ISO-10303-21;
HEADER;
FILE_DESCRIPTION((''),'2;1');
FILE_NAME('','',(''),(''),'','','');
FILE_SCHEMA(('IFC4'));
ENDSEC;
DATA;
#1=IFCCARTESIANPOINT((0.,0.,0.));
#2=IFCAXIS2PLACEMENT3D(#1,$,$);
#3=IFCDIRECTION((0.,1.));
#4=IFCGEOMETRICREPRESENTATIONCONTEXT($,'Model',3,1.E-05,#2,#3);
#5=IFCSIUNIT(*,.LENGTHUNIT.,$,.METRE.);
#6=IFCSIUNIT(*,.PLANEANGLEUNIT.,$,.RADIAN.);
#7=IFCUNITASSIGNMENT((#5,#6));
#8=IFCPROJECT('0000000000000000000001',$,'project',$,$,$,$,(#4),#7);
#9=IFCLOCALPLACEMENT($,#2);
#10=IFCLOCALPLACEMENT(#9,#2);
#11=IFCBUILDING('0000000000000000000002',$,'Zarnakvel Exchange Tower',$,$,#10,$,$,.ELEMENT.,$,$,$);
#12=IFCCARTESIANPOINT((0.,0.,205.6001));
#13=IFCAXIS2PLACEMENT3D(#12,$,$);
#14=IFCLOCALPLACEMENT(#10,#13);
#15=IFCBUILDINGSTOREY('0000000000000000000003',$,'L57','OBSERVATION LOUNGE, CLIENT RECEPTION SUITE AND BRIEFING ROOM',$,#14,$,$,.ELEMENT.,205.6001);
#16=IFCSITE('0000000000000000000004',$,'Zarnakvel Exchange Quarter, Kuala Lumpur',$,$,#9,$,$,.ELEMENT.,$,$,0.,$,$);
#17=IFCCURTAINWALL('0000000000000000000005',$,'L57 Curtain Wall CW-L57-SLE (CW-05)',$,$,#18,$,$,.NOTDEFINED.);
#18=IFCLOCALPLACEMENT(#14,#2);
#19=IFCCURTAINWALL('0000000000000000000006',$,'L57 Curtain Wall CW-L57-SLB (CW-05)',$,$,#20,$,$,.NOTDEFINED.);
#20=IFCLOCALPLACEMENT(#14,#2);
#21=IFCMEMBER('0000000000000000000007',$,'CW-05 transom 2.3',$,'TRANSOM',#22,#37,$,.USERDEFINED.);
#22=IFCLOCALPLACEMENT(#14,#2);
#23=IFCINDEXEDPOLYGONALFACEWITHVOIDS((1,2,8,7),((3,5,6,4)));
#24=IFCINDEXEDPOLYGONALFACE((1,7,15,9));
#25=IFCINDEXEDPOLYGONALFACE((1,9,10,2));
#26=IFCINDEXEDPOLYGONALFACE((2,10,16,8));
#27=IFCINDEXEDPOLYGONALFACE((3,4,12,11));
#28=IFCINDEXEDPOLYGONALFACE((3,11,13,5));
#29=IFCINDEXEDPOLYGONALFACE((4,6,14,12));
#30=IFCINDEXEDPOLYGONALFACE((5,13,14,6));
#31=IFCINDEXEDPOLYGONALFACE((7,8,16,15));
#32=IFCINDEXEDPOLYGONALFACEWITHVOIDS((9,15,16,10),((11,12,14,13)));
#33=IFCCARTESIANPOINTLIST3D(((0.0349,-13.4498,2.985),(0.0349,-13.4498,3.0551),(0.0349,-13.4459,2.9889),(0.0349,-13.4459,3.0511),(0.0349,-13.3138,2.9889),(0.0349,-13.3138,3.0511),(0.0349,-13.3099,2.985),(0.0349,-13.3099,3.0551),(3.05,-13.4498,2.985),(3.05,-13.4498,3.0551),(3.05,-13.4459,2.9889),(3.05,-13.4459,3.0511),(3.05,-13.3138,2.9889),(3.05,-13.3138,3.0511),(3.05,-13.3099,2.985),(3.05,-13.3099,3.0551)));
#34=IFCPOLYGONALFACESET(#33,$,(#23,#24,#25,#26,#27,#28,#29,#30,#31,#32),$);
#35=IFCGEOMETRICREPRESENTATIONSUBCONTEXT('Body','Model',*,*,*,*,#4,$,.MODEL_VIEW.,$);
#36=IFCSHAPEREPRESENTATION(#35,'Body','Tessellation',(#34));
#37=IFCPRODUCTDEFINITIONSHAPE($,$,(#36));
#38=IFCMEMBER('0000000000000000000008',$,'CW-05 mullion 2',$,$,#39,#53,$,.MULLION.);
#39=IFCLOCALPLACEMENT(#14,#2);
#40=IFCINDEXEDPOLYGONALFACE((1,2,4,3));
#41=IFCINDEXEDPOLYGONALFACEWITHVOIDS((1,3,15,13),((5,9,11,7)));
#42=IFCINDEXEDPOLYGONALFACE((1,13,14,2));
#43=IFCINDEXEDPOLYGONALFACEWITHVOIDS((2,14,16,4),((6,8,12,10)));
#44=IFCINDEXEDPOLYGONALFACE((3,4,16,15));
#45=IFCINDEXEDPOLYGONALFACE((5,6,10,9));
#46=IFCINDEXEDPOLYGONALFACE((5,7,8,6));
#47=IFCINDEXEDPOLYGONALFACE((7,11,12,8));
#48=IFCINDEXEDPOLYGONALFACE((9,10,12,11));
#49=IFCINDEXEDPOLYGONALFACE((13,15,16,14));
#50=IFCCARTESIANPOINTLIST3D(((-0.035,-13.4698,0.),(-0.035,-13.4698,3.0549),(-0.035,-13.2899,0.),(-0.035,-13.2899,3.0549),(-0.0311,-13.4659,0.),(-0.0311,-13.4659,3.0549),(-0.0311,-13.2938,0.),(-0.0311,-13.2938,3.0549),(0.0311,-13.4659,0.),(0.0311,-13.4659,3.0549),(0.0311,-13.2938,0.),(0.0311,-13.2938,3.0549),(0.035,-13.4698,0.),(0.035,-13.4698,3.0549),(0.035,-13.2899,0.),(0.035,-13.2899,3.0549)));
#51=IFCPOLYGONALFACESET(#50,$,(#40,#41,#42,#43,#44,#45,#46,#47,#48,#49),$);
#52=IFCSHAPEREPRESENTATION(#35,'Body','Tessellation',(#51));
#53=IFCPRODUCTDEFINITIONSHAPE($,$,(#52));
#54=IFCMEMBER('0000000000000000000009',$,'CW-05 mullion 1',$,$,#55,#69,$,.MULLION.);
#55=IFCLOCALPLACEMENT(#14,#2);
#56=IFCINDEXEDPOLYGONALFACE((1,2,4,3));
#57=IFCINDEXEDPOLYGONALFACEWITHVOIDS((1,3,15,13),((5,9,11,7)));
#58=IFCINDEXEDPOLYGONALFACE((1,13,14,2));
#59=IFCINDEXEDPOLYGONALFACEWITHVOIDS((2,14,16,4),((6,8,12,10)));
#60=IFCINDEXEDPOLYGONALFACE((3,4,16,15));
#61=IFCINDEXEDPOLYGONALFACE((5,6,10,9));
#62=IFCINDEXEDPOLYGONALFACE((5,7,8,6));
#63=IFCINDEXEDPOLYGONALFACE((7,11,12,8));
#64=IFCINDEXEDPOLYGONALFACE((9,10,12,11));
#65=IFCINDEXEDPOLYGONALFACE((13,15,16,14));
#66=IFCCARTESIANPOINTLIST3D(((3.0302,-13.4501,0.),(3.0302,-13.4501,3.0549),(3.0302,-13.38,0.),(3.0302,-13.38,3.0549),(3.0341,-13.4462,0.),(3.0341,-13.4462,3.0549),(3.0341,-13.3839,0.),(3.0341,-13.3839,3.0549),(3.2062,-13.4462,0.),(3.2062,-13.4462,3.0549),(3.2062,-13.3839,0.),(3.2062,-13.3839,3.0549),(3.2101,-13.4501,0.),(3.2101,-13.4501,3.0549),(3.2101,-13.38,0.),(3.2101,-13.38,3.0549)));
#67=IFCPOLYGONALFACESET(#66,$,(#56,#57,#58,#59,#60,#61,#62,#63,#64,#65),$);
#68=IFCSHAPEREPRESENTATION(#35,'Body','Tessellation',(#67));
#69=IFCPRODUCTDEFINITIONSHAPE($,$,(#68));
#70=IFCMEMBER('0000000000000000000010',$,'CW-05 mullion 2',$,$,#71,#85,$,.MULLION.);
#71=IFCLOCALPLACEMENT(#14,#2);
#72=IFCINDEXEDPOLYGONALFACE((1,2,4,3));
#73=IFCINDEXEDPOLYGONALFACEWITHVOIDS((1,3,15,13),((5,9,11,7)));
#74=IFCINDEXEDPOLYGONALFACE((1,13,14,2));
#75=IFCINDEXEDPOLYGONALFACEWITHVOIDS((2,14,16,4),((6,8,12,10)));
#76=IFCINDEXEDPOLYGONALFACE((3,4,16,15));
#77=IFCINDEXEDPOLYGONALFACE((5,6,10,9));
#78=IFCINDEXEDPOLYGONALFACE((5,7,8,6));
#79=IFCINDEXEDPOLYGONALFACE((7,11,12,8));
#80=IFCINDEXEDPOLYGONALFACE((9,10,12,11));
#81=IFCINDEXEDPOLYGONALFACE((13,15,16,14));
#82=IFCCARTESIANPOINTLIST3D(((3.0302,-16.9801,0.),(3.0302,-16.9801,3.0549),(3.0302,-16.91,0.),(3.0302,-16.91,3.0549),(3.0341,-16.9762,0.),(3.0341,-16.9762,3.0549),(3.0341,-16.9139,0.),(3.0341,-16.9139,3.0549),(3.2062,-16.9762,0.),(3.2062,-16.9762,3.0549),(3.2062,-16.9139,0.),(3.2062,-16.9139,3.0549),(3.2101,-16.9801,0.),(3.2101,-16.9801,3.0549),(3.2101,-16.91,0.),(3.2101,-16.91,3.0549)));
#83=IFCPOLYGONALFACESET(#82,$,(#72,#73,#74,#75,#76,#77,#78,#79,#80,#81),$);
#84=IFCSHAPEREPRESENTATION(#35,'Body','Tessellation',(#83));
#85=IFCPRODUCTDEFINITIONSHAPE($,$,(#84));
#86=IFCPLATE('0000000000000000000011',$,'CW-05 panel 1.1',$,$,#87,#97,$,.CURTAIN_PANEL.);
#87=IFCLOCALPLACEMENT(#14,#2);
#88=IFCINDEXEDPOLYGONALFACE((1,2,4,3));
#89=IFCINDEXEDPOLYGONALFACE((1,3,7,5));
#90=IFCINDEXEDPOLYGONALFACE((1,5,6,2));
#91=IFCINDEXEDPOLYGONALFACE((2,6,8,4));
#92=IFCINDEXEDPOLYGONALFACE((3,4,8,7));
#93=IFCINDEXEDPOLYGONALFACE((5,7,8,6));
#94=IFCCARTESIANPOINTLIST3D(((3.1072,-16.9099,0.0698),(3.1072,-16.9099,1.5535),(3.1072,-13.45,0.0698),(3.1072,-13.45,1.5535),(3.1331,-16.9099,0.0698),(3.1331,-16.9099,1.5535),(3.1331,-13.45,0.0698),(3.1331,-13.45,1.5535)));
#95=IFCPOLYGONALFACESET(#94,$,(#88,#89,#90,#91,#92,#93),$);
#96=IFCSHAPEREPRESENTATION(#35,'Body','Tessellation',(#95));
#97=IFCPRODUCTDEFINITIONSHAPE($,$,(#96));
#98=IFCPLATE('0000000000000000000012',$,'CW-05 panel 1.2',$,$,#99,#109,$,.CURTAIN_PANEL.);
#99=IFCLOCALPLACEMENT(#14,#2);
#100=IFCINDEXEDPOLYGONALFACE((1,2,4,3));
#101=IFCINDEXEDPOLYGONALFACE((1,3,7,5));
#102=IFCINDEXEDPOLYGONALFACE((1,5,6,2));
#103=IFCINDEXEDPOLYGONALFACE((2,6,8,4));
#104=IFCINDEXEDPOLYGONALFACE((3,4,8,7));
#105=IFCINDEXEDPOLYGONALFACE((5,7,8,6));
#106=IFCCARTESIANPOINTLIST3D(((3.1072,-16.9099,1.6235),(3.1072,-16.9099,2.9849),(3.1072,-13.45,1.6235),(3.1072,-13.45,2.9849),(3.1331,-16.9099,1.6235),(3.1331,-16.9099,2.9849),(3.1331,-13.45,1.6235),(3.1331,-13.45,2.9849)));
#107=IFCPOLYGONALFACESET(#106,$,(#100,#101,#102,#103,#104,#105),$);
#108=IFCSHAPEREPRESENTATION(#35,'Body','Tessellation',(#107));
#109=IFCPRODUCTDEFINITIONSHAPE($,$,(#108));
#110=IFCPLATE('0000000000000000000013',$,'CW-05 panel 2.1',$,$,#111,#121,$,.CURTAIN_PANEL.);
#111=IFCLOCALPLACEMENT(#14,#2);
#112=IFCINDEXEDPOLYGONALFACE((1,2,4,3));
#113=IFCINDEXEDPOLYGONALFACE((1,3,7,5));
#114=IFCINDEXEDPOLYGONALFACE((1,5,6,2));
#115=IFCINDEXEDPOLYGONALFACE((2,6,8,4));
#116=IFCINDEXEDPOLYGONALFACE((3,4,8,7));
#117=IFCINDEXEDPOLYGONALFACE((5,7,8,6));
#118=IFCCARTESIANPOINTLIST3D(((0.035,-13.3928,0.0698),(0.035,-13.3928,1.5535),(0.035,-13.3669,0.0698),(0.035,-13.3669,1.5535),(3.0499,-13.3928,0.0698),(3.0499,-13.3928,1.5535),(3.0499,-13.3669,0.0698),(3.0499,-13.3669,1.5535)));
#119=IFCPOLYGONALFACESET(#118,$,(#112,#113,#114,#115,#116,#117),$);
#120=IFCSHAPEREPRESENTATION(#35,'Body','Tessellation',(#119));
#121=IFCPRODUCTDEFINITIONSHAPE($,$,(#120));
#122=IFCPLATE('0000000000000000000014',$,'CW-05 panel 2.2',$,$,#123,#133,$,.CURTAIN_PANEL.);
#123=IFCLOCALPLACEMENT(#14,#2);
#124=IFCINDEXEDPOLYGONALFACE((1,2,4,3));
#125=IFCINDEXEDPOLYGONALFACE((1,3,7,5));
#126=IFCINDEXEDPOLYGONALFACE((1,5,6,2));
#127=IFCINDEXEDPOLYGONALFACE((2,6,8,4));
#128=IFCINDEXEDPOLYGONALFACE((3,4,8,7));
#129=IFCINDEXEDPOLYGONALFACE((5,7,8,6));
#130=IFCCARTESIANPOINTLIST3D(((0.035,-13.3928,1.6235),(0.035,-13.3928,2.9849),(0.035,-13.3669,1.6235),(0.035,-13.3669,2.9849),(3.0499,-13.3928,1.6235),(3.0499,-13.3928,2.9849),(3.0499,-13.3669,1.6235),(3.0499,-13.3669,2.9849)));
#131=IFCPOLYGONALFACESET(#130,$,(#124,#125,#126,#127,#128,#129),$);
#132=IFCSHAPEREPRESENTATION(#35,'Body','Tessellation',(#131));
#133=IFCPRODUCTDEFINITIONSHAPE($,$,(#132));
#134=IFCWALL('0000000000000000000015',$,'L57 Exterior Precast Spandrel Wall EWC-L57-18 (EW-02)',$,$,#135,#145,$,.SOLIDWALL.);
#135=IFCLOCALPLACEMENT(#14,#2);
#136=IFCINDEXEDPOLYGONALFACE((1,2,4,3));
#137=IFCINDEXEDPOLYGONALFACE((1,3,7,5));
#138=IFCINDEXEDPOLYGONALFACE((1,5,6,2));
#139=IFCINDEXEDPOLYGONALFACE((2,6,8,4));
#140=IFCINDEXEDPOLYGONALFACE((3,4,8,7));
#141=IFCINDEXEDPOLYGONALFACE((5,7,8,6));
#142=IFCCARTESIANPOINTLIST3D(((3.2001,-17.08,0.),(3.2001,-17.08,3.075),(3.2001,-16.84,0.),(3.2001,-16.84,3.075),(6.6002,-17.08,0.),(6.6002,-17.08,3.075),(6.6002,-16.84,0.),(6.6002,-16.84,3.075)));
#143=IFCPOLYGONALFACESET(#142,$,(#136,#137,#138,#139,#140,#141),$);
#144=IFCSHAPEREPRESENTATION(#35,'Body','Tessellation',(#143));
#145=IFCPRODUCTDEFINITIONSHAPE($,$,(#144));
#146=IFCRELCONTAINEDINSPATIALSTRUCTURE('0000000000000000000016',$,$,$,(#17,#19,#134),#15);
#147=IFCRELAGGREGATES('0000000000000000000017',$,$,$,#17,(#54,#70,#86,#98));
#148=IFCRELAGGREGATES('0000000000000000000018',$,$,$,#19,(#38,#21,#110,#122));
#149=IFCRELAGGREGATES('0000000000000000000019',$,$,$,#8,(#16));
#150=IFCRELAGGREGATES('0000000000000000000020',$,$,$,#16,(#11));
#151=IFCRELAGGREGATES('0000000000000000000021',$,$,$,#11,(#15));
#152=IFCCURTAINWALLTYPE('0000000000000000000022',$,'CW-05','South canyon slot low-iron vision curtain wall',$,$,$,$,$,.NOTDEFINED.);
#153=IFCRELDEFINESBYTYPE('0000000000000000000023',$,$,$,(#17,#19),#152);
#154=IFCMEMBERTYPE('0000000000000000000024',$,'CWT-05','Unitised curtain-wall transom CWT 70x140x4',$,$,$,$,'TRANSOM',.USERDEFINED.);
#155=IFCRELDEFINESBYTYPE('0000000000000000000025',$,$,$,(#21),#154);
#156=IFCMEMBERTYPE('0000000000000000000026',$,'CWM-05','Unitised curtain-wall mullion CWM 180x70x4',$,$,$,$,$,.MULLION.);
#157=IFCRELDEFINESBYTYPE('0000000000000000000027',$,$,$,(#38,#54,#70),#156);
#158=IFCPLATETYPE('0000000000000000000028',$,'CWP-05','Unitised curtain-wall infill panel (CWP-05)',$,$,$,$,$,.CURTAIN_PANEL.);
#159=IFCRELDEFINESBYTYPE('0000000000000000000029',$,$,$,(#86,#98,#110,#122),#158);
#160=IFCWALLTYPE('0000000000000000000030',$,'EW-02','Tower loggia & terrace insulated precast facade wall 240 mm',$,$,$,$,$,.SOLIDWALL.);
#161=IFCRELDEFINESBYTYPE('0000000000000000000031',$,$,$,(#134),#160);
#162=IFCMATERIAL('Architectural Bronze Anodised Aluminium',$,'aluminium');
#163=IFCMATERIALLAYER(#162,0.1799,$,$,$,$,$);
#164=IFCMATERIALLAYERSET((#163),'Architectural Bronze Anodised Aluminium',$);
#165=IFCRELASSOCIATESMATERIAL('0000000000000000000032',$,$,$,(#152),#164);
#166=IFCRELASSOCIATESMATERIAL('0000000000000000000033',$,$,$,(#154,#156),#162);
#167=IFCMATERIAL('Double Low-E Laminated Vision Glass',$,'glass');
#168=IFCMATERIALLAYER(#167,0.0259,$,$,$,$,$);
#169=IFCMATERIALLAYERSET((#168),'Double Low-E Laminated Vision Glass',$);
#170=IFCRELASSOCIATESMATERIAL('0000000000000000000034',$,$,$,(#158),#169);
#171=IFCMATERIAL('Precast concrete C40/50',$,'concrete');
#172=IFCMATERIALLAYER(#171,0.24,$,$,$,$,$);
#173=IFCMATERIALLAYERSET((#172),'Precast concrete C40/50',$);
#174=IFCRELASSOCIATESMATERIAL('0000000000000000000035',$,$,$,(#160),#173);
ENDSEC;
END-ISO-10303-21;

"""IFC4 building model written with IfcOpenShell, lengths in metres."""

from ifc_helpers import new_model, si_unit, direction, frame, frame_2d, origin, origin_2d, place, context, subcontext, project, spatial, rectangle, hollow_rectangle, extrude, source, transform, mapped, material, layer, layer_set, material_profile, profile_set, type_object, element, aggregate, save


model = new_model("IFC4")

# Units and contexts
model_context = context("Model", 3, precision=1e-05, world=origin(), true_north=direction((0.0, 1.0)))
body_context = subcontext(model_context, "Body", "Model", "MODEL_VIEW")
ifc_project = project(units=[si_unit("LENGTHUNIT", "METRE"), si_unit("PLANEANGLEUNIT", "RADIAN")], contexts=[model_context])

# Site, building, storey
site_placement = place(None, origin())
site = spatial("IfcSite", under=ifc_project, at=site_placement, Name="Zarnakvel Exchange Quarter, Kuala Lumpur", CompositionType="ELEMENT", RefElevation=0.0)
building_placement = place(site_placement, origin())
building = spatial("IfcBuilding", under=site, at=building_placement, Name="Zarnakvel Exchange Tower", CompositionType="ELEMENT")
storey_placement = place(building_placement, frame((0.0, 0.0, 205.6001)))
storey = spatial("IfcBuildingStorey", under=building, at=storey_placement, Name="L57", Description="OBSERVATION LOUNGE, CLIENT RECEPTION SUITE AND BRIEFING ROOM", CompositionType="ELEMENT", Elevation=205.6001)

# Curtain walls, members
ifc_material_1 = material(Name="Architectural Bronze Anodised Aluminium", Category="aluminium")
ifc_layer_1 = layer(ifc_material_1, 0.1799)
ifc_layer_set_1 = layer_set([ifc_layer_1], Name="Architectural Bronze Anodised Aluminium")
curtain_wall_type = type_object("IfcCurtainWallType", Name="CW-05", Description="South canyon slot low-iron vision curtain wall", PredefinedType="NOTDEFINED", material=ifc_layer_set_1)
curtain_wall_1_placement = place(storey_placement, origin())
curtain_wall_1 = element("IfcCurtainWall", 1, at=curtain_wall_1_placement, inside=storey, type_object=curtain_wall_type, Name="L57 Curtain Wall CW-L57-SLE (CW-05)", PredefinedType="NOTDEFINED")
ifc_material_profile_1 = material_profile(ifc_material_1, hollow_rectangle(XDim=0.1399, YDim=0.0701, WallThickness=0.0039, at=origin_2d()))
ifc_profile_set_1 = profile_set([ifc_material_profile_1], Name="Architectural Bronze Anodised Aluminium")
member_type_1 = type_object("IfcMemberType", Name="CWT-05", Description="Unitised curtain-wall transom CWT 70x140x4", ElementType="TRANSOM", PredefinedType="USERDEFINED", material=ifc_profile_set_1)
curtain_wall_2_placement = place(storey_placement, origin())
curtain_wall_2 = element("IfcCurtainWall", 2, at=curtain_wall_2_placement, inside=storey, type_object=curtain_wall_type, Name="L57 Curtain Wall CW-L57-SLB (CW-05)", PredefinedType="NOTDEFINED")
shared_shape_1 = source(origin(), body_context, "Body", "SweptSolid", [
    extrude(hollow_rectangle(XDim=0.1399, YDim=0.0701, WallThickness=0.0039, at=origin_2d()), origin(), (0.0, 0.0, 1.0), 3.0151),
])
member_1_placement = place(storey_placement, frame((0.0349, -13.3799, 3.02), z_axis=(1.0, 0.0, 0.0), x_axis=(0.0, 1.0, 0.0)))
member_1 = element("IfcMember", 3, at=member_1_placement, type_object=member_type_1, Name="CW-05 transom 2.3", ObjectType="TRANSOM", PredefinedType="USERDEFINED", context=body_context, shape_type="MappedRepresentation", body=[
    mapped(shared_shape_1, transform((0.0, 0.0, 0.0), x_axis=(1.0, 0.0, 0.0), y_axis=(0.0, 1.0, 0.0), z_axis=(0.0, 0.0, 1.0), scale=1.0)),
])
ifc_material_profile_2 = material_profile(ifc_material_1, hollow_rectangle(XDim=0.1799, YDim=0.0701, WallThickness=0.0039, at=origin_2d()))
ifc_profile_set_2 = profile_set([ifc_material_profile_2], Name="Architectural Bronze Anodised Aluminium")
member_type_2 = type_object("IfcMemberType", Name="CWM-05", Description="Unitised curtain-wall mullion CWM 180x70x4", PredefinedType="MULLION", material=ifc_profile_set_2)
shared_shape_2 = source(origin(), body_context, "Body", "SweptSolid", [
    extrude(hollow_rectangle(XDim=0.1799, YDim=0.0701, WallThickness=0.0039, at=origin_2d()), origin(), (0.0, 0.0, 1.0), 3.0549),
])
member_2_placement = place(storey_placement, frame((0.0, -13.3799, 0.0), z_axis=(0.0, 0.0, 1.0), x_axis=(0.0, 1.0, 0.0)))
member_2 = element("IfcMember", 4, at=member_2_placement, type_object=member_type_2, Name="CW-05 mullion 2", PredefinedType="MULLION", context=body_context, shape_type="MappedRepresentation", body=[
    mapped(shared_shape_2, transform((0.0, 0.0, 0.0), x_axis=(1.0, 0.0, 0.0), y_axis=(0.0, 1.0, 0.0), z_axis=(0.0, 0.0, 1.0), scale=1.0)),
])

# Members
member_3_placement = place(storey_placement, frame((3.1201, -13.415, 0.0), z_axis=(0.0, 0.0, 1.0), x_axis=(1.0, 0.0, 0.0)))
member_3 = element("IfcMember", 5, at=member_3_placement, type_object=member_type_2, Name="CW-05 mullion 1", PredefinedType="MULLION", context=body_context, shape_type="MappedRepresentation", body=[
    mapped(shared_shape_2, transform((0.0, 0.0, 0.0), x_axis=(1.0, 0.0, 0.0), y_axis=(0.0, 1.0, 0.0), z_axis=(0.0, 0.0, 1.0), scale=1.0)),
])
member_4_placement = place(storey_placement, frame((3.1201, -16.9451, 0.0), z_axis=(0.0, 0.0, 1.0), x_axis=(1.0, 0.0, 0.0)))
member_4 = element("IfcMember", 6, at=member_4_placement, type_object=member_type_2, Name="CW-05 mullion 2", PredefinedType="MULLION", context=body_context, shape_type="MappedRepresentation", body=[
    mapped(shared_shape_2, transform((0.0, 0.0, 0.0), x_axis=(1.0, 0.0, 0.0), y_axis=(0.0, 1.0, 0.0), z_axis=(0.0, 0.0, 1.0), scale=1.0)),
])

# Plates
ifc_material_2 = material(Name="Double Low-E Laminated Vision Glass", Category="glass")
ifc_layer_2 = layer(ifc_material_2, 0.0259)
ifc_layer_set_2 = layer_set([ifc_layer_2], Name="Double Low-E Laminated Vision Glass")
plate_type = type_object("IfcPlateType", Name="CWP-05", Description="Unitised curtain-wall infill panel (CWP-05)", PredefinedType="CURTAIN_PANEL", material=ifc_layer_set_2)
shared_shape_3 = source(origin(), body_context, "Body", "SweptSolid", [
    extrude(rectangle(XDim=3.46, YDim=0.0259, at=origin_2d()), origin(), (0.0, 0.0, 1.0), 1.4836),
])
plate_1_placement = place(storey_placement, frame((3.1201, -15.1799, 0.0698), z_axis=(0.0, 0.0, 1.0), x_axis=(0.0, -1.0, 0.0)))
plate_1 = element("IfcPlate", 7, at=plate_1_placement, type_object=plate_type, Name="CW-05 panel 1.1", PredefinedType="CURTAIN_PANEL", context=body_context, shape_type="MappedRepresentation", body=[
    mapped(shared_shape_3, transform((0.0, 0.0, 0.0), x_axis=(1.0, 0.0, 0.0), y_axis=(0.0, 1.0, 0.0), z_axis=(0.0, 0.0, 1.0), scale=1.0)),
])
shared_shape_4 = source(origin(), body_context, "Body", "SweptSolid", [
    extrude(rectangle(XDim=3.46, YDim=0.0259, at=origin_2d()), origin(), (0.0, 0.0, 1.0), 1.3613),
])
plate_2_placement = place(storey_placement, frame((3.1201, -15.1799, 1.6235), z_axis=(0.0, 0.0, 1.0), x_axis=(0.0, -1.0, 0.0)))
plate_2 = element("IfcPlate", 8, at=plate_2_placement, type_object=plate_type, Name="CW-05 panel 1.2", PredefinedType="CURTAIN_PANEL", context=body_context, shape_type="MappedRepresentation", body=[
    mapped(shared_shape_4, transform((0.0, 0.0, 0.0), x_axis=(1.0, 0.0, 0.0), y_axis=(0.0, 1.0, 0.0), z_axis=(0.0, 0.0, 1.0), scale=1.0)),
])
aggregate(curtain_wall_1, [member_3, member_4, plate_1, plate_2])
shared_shape_5 = source(origin(), body_context, "Body", "SweptSolid", [
    extrude(rectangle(XDim=3.0149, YDim=0.0259, at=origin_2d()), origin(), (0.0, 0.0, 1.0), 1.4836),
])
plate_3_placement = place(storey_placement, frame((1.5425, -13.3799, 0.0698), z_axis=(0.0, 0.0, 1.0), x_axis=(1.0, 0.0, 0.0)))
plate_3 = element("IfcPlate", 9, at=plate_3_placement, type_object=plate_type, Name="CW-05 panel 2.1", PredefinedType="CURTAIN_PANEL", context=body_context, shape_type="MappedRepresentation", body=[
    mapped(shared_shape_5, transform((0.0, 0.0, 0.0), x_axis=(1.0, 0.0, 0.0), y_axis=(0.0, 1.0, 0.0), z_axis=(0.0, 0.0, 1.0), scale=1.0)),
])
shared_shape_6 = source(origin(), body_context, "Body", "SweptSolid", [
    extrude(rectangle(XDim=3.0149, YDim=0.0259, at=origin_2d()), origin(), (0.0, 0.0, 1.0), 1.3613),
])
plate_4_placement = place(storey_placement, frame((1.5425, -13.3799, 1.6235), z_axis=(0.0, 0.0, 1.0), x_axis=(1.0, 0.0, 0.0)))
plate_4 = element("IfcPlate", 10, at=plate_4_placement, type_object=plate_type, Name="CW-05 panel 2.2", PredefinedType="CURTAIN_PANEL", context=body_context, shape_type="MappedRepresentation", body=[
    mapped(shared_shape_6, transform((0.0, 0.0, 0.0), x_axis=(1.0, 0.0, 0.0), y_axis=(0.0, 1.0, 0.0), z_axis=(0.0, 0.0, 1.0), scale=1.0)),
])
aggregate(curtain_wall_2, [member_2, member_1, plate_3, plate_4])

# Wall
ifc_material_3 = material(Name="Precast concrete C40/50", Category="concrete")
ifc_layer_3 = layer(ifc_material_3, 0.24)
ifc_layer_set_3 = layer_set([ifc_layer_3], Name="Precast concrete C40/50")
wall_type = type_object("IfcWallType", Name="EW-02", Description="Tower loggia & terrace insulated precast facade wall 240 mm", PredefinedType="SOLIDWALL", material=ifc_layer_set_3)
wall_placement = place(storey_placement, frame((3.2, -16.96, 0.0), z_axis=(0.0, 0.0, 1.0), x_axis=(1.0, 0.0, 0.0)))
element("IfcWall", 11, at=wall_placement, inside=storey, type_object=wall_type, Name="L57 Exterior Precast Spandrel Wall EWC-L57-18 (EW-02)", PredefinedType="SOLIDWALL", context=body_context, shape_type="SweptSolid", body=[
    extrude(rectangle(XDim=3.4001, YDim=0.24, at=frame_2d((1.7002, 0.0))), origin(), (0.0, 0.0, 1.0), 3.075),
])

save(model, "model.ifc")
